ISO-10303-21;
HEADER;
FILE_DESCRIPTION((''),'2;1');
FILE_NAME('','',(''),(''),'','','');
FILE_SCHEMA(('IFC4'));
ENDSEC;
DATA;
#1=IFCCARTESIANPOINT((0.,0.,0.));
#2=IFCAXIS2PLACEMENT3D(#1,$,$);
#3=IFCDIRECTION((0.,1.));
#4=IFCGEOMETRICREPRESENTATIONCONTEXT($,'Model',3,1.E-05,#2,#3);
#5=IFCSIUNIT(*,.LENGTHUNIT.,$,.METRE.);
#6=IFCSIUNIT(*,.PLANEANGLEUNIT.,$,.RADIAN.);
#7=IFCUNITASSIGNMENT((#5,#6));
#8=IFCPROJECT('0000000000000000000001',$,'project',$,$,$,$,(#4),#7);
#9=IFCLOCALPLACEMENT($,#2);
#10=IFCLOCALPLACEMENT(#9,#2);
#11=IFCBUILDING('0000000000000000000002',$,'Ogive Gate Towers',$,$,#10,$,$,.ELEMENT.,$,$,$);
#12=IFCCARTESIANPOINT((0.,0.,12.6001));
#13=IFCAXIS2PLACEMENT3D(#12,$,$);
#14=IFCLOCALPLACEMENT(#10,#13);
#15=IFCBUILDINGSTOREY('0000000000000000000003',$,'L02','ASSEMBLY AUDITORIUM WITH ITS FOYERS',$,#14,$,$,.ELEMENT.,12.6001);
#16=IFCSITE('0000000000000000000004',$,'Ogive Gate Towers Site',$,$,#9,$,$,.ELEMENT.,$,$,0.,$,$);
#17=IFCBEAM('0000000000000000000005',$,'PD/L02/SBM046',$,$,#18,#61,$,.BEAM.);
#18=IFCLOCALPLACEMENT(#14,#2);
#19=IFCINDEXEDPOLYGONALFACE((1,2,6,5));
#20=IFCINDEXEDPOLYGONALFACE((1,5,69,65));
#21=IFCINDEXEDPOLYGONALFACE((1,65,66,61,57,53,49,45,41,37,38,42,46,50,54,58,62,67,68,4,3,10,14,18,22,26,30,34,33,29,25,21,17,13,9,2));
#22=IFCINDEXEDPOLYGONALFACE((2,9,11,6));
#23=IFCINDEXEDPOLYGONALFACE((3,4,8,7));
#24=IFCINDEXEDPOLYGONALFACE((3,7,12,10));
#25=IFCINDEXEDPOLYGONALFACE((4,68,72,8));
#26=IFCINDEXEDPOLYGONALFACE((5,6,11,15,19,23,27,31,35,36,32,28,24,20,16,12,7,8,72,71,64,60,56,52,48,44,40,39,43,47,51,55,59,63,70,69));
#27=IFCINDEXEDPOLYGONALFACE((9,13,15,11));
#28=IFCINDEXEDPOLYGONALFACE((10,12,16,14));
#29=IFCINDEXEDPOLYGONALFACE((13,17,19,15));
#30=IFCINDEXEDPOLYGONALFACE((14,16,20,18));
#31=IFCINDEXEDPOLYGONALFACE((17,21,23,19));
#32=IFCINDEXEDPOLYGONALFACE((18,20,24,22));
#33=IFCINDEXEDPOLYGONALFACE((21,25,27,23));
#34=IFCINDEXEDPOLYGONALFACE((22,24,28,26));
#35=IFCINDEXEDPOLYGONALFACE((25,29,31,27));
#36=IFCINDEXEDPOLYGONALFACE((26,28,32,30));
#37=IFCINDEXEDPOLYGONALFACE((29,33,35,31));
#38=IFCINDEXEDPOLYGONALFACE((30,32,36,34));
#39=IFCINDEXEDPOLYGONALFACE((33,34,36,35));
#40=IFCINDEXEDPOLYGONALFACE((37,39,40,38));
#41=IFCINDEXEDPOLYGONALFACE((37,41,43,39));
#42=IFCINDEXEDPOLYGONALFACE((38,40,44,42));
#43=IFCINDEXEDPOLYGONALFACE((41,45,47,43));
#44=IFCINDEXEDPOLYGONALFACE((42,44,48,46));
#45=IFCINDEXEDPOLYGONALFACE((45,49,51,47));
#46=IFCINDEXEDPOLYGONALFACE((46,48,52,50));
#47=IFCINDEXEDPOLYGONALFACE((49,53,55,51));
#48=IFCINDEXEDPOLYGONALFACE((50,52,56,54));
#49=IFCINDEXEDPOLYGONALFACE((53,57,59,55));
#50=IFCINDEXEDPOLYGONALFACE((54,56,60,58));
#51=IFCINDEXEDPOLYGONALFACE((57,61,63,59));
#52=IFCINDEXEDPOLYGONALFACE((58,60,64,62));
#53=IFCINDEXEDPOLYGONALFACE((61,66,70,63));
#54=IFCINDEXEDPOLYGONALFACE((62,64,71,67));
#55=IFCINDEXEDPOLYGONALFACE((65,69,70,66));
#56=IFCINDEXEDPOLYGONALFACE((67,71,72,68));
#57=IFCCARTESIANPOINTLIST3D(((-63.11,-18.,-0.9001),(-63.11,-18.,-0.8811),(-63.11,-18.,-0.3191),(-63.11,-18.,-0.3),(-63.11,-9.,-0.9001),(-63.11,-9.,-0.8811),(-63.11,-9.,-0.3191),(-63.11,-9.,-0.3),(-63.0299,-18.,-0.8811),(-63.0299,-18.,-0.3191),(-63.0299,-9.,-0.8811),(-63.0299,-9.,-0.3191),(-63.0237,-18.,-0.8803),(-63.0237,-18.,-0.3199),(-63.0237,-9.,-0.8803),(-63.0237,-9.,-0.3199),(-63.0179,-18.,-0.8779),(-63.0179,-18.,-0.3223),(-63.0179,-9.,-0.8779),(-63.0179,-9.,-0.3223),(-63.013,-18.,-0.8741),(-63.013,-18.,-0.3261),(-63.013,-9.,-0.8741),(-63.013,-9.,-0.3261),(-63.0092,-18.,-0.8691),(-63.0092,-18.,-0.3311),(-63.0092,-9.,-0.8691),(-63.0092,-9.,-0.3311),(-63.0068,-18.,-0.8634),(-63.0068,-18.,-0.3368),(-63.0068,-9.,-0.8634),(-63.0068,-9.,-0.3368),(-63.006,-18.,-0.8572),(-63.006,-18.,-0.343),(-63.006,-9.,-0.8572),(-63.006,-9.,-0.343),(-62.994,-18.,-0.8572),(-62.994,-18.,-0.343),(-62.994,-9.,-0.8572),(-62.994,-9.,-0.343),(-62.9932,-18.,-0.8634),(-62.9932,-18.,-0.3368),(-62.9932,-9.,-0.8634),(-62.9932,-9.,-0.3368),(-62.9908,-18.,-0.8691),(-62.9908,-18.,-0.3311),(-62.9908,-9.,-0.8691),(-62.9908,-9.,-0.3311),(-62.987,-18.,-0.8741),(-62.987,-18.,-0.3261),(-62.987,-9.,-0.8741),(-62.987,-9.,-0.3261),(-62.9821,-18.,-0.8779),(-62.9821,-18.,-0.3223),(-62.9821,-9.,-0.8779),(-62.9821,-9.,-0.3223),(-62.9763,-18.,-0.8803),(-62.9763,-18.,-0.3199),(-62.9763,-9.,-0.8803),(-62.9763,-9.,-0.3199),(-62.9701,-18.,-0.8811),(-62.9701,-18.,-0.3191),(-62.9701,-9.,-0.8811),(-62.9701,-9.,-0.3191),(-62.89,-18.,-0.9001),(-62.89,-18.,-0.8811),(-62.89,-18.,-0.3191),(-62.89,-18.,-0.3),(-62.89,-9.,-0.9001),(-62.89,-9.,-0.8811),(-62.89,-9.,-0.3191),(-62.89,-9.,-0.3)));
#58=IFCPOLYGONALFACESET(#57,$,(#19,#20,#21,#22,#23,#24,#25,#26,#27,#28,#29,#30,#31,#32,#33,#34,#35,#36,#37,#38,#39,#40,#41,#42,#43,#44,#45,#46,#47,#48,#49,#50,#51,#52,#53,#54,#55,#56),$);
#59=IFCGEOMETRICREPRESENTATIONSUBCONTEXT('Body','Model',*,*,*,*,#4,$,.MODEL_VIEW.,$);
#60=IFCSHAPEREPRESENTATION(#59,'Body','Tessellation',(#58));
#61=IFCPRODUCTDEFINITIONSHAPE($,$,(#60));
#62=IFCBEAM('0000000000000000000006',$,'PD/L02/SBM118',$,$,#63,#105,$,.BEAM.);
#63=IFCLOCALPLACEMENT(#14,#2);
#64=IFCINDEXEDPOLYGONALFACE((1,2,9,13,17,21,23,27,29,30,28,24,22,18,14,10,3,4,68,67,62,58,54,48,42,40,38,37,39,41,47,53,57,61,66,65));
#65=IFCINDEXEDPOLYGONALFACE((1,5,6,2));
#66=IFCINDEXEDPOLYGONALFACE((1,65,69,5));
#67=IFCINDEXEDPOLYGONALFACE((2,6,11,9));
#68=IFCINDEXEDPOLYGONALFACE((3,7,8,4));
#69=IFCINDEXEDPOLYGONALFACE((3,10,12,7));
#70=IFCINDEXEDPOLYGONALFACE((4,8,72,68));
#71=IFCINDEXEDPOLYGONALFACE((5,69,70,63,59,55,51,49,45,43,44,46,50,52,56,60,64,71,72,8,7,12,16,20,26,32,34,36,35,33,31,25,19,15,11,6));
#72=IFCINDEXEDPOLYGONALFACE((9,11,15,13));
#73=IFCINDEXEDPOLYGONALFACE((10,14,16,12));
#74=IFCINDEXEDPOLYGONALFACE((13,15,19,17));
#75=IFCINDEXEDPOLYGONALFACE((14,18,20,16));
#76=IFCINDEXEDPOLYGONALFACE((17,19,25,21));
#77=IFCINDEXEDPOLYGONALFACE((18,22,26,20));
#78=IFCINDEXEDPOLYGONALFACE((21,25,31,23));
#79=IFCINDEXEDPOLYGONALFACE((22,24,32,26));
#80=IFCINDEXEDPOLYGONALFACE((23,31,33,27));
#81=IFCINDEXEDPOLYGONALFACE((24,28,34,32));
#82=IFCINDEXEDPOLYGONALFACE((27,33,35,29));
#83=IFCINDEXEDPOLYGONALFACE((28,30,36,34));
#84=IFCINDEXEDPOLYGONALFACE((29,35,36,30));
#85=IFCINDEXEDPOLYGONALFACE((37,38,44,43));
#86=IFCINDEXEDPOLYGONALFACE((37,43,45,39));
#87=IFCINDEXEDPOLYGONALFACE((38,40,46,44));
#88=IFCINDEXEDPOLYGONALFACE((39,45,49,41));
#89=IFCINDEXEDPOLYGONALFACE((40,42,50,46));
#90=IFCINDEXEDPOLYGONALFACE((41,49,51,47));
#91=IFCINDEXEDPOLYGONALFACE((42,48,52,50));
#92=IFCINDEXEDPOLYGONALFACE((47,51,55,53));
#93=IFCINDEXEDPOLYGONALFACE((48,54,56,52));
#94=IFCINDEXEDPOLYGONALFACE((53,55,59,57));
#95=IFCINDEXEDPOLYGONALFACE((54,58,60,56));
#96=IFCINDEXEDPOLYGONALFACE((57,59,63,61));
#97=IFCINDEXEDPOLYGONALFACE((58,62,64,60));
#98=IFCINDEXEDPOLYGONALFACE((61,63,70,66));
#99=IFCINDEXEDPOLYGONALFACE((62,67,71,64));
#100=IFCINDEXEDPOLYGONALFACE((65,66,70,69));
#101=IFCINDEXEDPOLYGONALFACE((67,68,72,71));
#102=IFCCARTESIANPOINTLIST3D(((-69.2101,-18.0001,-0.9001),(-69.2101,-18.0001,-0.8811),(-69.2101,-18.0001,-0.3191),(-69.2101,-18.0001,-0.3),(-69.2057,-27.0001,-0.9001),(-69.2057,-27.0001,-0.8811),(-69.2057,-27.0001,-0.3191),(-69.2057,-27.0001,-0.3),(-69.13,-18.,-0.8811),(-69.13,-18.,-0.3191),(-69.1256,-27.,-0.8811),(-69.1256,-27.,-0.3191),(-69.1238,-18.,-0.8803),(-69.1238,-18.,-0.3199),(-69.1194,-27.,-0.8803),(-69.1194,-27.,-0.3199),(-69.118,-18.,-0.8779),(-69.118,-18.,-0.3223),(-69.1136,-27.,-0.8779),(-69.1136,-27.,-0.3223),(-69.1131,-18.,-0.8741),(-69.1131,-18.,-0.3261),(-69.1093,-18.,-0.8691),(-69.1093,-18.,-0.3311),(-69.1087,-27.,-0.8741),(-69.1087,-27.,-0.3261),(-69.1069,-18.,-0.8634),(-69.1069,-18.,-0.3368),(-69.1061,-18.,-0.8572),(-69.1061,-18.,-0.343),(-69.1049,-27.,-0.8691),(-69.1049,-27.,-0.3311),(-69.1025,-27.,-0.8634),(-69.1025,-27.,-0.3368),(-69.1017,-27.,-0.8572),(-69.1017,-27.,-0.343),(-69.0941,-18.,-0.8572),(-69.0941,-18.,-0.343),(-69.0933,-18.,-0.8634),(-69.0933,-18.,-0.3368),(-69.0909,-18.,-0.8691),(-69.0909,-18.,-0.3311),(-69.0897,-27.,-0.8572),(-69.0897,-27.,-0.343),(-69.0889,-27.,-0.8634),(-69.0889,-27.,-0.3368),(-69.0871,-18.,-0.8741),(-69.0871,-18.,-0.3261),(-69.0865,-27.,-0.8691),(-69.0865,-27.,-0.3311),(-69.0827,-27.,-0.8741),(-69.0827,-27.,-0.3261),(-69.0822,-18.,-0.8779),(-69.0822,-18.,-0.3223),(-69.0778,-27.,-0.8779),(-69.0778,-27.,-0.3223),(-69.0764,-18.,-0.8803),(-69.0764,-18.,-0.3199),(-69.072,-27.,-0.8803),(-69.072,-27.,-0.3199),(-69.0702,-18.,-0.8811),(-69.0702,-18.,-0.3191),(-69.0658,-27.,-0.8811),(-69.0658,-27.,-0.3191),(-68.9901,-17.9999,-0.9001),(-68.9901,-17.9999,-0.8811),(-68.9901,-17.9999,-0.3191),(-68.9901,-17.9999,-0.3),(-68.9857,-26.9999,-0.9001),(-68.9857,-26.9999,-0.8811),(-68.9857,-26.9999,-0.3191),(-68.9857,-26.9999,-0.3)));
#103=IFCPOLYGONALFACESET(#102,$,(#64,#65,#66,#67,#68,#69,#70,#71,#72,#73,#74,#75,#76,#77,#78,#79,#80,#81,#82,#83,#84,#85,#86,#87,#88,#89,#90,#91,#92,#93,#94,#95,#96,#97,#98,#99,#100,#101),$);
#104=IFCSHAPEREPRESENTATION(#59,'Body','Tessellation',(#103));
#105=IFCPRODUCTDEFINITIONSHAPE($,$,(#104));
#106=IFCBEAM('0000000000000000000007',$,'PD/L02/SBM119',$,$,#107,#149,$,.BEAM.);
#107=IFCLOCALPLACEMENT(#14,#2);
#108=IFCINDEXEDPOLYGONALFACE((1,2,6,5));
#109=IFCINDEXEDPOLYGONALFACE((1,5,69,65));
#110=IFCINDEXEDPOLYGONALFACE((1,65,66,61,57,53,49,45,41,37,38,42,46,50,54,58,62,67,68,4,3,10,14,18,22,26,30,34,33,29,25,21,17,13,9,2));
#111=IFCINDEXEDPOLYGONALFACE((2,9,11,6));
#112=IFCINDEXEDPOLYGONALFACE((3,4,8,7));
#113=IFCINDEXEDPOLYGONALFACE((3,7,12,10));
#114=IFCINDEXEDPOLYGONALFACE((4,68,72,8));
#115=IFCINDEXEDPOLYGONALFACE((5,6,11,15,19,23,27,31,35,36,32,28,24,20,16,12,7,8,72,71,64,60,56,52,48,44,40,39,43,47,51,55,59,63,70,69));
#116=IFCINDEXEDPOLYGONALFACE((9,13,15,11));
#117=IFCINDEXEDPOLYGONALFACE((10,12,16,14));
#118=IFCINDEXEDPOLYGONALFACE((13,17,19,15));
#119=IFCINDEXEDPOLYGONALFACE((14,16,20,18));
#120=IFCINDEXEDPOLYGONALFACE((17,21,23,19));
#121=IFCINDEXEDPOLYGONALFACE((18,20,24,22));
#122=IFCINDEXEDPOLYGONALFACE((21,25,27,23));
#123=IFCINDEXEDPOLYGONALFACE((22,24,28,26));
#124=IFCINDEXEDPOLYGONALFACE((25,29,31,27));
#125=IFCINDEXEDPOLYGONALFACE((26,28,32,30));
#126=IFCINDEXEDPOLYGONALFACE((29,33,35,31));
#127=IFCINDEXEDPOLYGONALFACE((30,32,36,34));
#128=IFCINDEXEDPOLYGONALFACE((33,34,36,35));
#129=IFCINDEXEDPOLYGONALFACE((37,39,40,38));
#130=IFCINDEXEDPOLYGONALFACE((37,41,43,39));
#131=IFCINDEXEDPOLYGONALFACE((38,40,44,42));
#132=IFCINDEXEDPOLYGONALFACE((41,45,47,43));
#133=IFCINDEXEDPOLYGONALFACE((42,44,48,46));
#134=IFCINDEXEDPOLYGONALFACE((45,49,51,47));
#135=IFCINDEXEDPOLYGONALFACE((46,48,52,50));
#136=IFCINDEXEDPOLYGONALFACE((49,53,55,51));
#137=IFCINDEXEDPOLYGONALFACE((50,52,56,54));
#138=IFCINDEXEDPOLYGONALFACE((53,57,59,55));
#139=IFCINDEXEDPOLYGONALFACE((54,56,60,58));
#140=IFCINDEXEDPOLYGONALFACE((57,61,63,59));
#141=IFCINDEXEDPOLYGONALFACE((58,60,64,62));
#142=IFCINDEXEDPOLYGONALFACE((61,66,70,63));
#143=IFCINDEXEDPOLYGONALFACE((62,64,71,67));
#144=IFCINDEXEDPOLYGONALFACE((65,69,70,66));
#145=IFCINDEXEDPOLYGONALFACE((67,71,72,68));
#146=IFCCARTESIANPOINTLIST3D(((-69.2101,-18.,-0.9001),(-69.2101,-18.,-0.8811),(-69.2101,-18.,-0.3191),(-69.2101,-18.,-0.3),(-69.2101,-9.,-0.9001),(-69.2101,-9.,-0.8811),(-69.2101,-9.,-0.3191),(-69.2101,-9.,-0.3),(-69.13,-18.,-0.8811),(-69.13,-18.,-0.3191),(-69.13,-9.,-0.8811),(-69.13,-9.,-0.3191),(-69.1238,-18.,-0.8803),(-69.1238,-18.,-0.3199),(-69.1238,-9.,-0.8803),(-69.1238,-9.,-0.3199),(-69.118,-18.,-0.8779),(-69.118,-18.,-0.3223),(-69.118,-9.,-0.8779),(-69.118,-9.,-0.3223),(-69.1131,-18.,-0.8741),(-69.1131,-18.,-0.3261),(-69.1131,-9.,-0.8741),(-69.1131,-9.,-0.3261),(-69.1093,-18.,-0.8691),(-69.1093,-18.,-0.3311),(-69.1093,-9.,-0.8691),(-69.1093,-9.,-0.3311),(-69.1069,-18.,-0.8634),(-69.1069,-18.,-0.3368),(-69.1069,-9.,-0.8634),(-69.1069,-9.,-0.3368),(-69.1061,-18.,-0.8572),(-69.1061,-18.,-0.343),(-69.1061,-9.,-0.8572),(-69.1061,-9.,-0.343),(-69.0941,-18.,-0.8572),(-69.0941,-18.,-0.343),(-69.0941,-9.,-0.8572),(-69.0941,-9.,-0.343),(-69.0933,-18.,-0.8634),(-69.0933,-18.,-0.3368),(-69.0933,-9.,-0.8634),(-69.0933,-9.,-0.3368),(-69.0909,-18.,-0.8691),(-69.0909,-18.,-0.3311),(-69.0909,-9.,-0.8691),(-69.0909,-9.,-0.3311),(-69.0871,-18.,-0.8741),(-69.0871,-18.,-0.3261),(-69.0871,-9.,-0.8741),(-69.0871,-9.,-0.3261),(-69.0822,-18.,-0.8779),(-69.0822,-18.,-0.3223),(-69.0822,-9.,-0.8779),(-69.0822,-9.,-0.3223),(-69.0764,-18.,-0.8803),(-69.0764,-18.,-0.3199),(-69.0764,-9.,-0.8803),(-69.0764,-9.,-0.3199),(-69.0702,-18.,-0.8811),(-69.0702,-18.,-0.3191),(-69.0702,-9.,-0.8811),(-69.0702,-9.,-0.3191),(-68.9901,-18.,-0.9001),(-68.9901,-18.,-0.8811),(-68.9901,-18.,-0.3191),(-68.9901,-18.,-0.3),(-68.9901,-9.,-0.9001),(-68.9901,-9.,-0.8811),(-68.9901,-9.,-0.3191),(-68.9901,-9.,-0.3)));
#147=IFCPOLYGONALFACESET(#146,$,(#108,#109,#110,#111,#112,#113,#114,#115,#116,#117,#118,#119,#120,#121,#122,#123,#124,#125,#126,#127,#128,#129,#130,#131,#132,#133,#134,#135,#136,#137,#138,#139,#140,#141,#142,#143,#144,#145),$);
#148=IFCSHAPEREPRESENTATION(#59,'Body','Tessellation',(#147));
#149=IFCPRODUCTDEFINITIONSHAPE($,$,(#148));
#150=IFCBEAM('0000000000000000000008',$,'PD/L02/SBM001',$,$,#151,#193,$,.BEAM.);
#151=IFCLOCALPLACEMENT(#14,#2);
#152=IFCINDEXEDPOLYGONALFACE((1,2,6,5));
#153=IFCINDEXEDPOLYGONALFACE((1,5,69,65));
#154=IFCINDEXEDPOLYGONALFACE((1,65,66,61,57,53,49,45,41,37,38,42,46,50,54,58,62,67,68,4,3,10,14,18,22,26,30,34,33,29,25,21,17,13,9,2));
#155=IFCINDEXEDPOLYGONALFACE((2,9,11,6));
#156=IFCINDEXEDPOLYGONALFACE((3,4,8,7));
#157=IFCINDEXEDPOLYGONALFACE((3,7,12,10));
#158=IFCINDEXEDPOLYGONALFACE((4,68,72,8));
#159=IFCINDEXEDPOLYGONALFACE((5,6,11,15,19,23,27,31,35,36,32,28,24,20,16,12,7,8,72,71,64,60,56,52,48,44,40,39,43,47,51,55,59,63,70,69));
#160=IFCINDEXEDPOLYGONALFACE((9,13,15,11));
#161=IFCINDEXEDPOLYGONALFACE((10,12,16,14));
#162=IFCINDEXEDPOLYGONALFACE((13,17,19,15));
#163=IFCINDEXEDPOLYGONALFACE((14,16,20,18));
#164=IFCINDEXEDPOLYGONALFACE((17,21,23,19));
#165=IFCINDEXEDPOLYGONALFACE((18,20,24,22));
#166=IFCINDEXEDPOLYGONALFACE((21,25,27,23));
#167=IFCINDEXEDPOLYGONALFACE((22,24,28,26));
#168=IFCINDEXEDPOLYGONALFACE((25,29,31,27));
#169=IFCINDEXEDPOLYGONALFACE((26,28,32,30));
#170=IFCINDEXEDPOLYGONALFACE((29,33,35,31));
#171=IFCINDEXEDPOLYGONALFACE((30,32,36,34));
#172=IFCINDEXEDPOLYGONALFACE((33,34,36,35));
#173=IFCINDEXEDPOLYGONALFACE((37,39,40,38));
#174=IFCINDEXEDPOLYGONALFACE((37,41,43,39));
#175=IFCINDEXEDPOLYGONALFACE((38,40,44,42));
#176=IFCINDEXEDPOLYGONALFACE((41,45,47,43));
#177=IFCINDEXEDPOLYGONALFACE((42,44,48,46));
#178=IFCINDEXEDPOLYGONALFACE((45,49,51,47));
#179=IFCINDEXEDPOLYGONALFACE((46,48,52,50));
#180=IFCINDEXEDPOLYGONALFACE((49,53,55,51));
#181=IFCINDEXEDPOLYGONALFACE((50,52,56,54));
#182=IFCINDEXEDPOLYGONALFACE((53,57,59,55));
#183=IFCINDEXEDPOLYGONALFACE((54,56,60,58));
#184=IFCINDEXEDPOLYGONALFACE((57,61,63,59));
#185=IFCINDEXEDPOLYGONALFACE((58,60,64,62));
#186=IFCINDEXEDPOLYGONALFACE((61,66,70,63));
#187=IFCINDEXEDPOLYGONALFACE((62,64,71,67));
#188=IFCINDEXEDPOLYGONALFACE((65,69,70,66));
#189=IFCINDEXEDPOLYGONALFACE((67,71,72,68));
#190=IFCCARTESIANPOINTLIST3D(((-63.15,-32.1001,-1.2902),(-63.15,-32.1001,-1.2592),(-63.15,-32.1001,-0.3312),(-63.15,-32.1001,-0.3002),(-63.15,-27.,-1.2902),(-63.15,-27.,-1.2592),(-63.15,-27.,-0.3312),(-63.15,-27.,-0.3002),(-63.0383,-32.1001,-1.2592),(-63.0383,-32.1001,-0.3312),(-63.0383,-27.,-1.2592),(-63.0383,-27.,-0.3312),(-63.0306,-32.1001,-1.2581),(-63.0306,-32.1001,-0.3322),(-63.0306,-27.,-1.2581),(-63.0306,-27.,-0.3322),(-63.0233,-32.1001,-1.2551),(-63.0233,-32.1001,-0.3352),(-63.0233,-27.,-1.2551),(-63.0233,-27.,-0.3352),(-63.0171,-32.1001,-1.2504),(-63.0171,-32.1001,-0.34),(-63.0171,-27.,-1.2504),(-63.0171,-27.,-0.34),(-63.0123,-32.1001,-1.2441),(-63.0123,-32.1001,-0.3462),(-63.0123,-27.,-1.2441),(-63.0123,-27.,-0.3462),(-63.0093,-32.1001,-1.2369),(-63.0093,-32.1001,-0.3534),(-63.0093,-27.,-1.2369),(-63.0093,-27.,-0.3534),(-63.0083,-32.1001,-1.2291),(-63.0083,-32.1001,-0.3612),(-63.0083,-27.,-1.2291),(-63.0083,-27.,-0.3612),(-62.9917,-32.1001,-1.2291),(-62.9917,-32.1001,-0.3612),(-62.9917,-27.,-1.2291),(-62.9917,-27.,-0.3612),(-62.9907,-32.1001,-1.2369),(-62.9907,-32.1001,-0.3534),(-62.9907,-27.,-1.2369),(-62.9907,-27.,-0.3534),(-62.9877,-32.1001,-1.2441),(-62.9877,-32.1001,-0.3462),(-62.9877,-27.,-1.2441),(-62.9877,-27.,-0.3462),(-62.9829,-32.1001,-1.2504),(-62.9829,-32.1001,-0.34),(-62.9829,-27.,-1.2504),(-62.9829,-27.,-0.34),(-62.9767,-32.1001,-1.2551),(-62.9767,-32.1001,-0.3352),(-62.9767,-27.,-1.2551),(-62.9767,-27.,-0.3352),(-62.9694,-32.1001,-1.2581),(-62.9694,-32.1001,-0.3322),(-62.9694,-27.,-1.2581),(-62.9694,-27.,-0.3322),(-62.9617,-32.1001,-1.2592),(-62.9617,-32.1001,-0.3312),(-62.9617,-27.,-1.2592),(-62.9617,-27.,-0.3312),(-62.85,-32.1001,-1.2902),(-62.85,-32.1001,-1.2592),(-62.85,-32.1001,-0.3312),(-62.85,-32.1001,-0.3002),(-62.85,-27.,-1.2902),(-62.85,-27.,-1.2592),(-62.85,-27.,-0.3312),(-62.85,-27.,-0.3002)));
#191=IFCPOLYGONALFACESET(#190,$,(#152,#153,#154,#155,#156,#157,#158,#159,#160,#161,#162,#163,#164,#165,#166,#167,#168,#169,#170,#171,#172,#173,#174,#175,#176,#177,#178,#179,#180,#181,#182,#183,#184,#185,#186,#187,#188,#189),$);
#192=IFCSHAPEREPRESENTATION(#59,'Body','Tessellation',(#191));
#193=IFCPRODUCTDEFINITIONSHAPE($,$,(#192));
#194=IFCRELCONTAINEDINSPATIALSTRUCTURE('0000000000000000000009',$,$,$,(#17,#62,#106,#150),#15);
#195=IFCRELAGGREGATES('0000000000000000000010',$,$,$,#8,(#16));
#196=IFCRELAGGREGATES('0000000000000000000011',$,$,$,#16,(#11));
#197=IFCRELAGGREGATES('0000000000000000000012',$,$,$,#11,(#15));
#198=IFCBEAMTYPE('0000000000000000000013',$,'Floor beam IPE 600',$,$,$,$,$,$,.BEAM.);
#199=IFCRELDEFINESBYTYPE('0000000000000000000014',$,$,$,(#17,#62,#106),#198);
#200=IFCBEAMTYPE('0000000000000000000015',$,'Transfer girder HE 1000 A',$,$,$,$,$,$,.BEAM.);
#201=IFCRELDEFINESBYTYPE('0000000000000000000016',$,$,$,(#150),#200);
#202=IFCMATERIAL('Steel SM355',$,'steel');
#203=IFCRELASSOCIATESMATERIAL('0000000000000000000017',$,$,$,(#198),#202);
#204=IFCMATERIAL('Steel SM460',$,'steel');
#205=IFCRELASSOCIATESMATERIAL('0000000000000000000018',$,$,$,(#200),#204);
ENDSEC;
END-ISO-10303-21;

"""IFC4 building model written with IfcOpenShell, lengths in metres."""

from ifc_helpers import new_model, si_unit, direction, frame, origin, origin_2d, place, context, subcontext, project, spatial, i_section, extrude, material, material_profile, profile_set, type_object, element, save


model = new_model("IFC4")

# Units and contexts
model_context = context("Model", 3, precision=1e-05, world=origin(), true_north=direction((0.0, 1.0)))
body_context = subcontext(model_context, "Body", "Model", "MODEL_VIEW")
ifc_project = project(units=[si_unit("LENGTHUNIT", "METRE"), si_unit("PLANEANGLEUNIT", "RADIAN")], contexts=[model_context])

# Site, building, storey
site_placement = place(None, origin())
site = spatial("IfcSite", under=ifc_project, at=site_placement, Name="Ogive Gate Towers Site", CompositionType="ELEMENT", RefElevation=0.0)
building_placement = place(site_placement, origin())
building = spatial("IfcBuilding", under=site, at=building_placement, Name="Ogive Gate Towers", CompositionType="ELEMENT")
storey_placement = place(building_placement, frame((0.0, 0.0, 12.6001)))
storey = spatial("IfcBuildingStorey", under=building, at=storey_placement, Name="L02", Description="ASSEMBLY AUDITORIUM WITH ITS FOYERS", CompositionType="ELEMENT", Elevation=12.6001)

# Beams
ifc_material_1 = material(Name="Steel SM355", Category="steel")
ifc_material_profile_1 = material_profile(ifc_material_1, i_section(OverallWidth=0.22, OverallDepth=0.6001, WebThickness=0.012, FlangeThickness=0.019, FilletRadius=0.0239, at=origin_2d()), Name="IPE 600")
ifc_profile_set_1 = profile_set([ifc_material_profile_1], Name="Steel SM355")
beam_type_1 = type_object("IfcBeamType", Name="Floor beam IPE 600", PredefinedType="BEAM", material=ifc_profile_set_1)
for number, where, z_axis, x_axis, name in (
    (1, (-63.0, -18.0, -0.6001), (0.0, 1.0, 0.0), (-1.0, 0.0, 0.0), "PD/L02/SBM046"),
    (2, (-69.0957, -27.0, -0.6001), (-0.000488, 1.0, 0.0), (-1.0, -0.000488, 0.0), "PD/L02/SBM118"),
    (3, (-69.1001, -18.0, -0.6001), (0.0, 1.0, 0.0), (-1.0, 0.0, 0.0), "PD/L02/SBM119"),
):
    element("IfcBeam", number, at=place(storey_placement, frame(where, z_axis=z_axis, x_axis=x_axis)), inside=storey, type_object=beam_type_1, Name=name, PredefinedType="BEAM", context=body_context, shape_type="SweptSolid", body=[
        extrude(i_section(OverallWidth=0.22, OverallDepth=0.6001, WebThickness=0.012, FlangeThickness=0.019, FilletRadius=0.0239, at=origin_2d()), origin(), (0.0, 0.0, 1.0), 9.0),
    ])
ifc_material_2 = material(Name="Steel SM460", Category="steel")
ifc_material_profile_2 = material_profile(ifc_material_2, i_section(OverallWidth=0.3, OverallDepth=0.99, WebThickness=0.0166, FlangeThickness=0.031, FilletRadius=0.03, at=origin_2d()), Name="HE 1000 A")
ifc_profile_set_2 = profile_set([ifc_material_profile_2], Name="Steel SM460")
beam_type_2 = type_object("IfcBeamType", Name="Transfer girder HE 1000 A", PredefinedType="BEAM", material=ifc_profile_set_2)
beam_1_placement = place(storey_placement, frame((-63.0, -32.1001, -0.7952), z_axis=(0.0, 1.0, 0.0), x_axis=(-1.0, 0.0, 0.0)))
element("IfcBeam", 4, at=beam_1_placement, inside=storey, type_object=beam_type_2, Name="PD/L02/SBM001", PredefinedType="BEAM", context=body_context, shape_type="SweptSolid", body=[
    extrude(i_section(OverallWidth=0.3, OverallDepth=0.99, WebThickness=0.0166, FlangeThickness=0.031, FilletRadius=0.03, at=origin_2d()), origin(), (0.0, 0.0, 1.0), 5.1001),
])

save(model, "model.ifc")
